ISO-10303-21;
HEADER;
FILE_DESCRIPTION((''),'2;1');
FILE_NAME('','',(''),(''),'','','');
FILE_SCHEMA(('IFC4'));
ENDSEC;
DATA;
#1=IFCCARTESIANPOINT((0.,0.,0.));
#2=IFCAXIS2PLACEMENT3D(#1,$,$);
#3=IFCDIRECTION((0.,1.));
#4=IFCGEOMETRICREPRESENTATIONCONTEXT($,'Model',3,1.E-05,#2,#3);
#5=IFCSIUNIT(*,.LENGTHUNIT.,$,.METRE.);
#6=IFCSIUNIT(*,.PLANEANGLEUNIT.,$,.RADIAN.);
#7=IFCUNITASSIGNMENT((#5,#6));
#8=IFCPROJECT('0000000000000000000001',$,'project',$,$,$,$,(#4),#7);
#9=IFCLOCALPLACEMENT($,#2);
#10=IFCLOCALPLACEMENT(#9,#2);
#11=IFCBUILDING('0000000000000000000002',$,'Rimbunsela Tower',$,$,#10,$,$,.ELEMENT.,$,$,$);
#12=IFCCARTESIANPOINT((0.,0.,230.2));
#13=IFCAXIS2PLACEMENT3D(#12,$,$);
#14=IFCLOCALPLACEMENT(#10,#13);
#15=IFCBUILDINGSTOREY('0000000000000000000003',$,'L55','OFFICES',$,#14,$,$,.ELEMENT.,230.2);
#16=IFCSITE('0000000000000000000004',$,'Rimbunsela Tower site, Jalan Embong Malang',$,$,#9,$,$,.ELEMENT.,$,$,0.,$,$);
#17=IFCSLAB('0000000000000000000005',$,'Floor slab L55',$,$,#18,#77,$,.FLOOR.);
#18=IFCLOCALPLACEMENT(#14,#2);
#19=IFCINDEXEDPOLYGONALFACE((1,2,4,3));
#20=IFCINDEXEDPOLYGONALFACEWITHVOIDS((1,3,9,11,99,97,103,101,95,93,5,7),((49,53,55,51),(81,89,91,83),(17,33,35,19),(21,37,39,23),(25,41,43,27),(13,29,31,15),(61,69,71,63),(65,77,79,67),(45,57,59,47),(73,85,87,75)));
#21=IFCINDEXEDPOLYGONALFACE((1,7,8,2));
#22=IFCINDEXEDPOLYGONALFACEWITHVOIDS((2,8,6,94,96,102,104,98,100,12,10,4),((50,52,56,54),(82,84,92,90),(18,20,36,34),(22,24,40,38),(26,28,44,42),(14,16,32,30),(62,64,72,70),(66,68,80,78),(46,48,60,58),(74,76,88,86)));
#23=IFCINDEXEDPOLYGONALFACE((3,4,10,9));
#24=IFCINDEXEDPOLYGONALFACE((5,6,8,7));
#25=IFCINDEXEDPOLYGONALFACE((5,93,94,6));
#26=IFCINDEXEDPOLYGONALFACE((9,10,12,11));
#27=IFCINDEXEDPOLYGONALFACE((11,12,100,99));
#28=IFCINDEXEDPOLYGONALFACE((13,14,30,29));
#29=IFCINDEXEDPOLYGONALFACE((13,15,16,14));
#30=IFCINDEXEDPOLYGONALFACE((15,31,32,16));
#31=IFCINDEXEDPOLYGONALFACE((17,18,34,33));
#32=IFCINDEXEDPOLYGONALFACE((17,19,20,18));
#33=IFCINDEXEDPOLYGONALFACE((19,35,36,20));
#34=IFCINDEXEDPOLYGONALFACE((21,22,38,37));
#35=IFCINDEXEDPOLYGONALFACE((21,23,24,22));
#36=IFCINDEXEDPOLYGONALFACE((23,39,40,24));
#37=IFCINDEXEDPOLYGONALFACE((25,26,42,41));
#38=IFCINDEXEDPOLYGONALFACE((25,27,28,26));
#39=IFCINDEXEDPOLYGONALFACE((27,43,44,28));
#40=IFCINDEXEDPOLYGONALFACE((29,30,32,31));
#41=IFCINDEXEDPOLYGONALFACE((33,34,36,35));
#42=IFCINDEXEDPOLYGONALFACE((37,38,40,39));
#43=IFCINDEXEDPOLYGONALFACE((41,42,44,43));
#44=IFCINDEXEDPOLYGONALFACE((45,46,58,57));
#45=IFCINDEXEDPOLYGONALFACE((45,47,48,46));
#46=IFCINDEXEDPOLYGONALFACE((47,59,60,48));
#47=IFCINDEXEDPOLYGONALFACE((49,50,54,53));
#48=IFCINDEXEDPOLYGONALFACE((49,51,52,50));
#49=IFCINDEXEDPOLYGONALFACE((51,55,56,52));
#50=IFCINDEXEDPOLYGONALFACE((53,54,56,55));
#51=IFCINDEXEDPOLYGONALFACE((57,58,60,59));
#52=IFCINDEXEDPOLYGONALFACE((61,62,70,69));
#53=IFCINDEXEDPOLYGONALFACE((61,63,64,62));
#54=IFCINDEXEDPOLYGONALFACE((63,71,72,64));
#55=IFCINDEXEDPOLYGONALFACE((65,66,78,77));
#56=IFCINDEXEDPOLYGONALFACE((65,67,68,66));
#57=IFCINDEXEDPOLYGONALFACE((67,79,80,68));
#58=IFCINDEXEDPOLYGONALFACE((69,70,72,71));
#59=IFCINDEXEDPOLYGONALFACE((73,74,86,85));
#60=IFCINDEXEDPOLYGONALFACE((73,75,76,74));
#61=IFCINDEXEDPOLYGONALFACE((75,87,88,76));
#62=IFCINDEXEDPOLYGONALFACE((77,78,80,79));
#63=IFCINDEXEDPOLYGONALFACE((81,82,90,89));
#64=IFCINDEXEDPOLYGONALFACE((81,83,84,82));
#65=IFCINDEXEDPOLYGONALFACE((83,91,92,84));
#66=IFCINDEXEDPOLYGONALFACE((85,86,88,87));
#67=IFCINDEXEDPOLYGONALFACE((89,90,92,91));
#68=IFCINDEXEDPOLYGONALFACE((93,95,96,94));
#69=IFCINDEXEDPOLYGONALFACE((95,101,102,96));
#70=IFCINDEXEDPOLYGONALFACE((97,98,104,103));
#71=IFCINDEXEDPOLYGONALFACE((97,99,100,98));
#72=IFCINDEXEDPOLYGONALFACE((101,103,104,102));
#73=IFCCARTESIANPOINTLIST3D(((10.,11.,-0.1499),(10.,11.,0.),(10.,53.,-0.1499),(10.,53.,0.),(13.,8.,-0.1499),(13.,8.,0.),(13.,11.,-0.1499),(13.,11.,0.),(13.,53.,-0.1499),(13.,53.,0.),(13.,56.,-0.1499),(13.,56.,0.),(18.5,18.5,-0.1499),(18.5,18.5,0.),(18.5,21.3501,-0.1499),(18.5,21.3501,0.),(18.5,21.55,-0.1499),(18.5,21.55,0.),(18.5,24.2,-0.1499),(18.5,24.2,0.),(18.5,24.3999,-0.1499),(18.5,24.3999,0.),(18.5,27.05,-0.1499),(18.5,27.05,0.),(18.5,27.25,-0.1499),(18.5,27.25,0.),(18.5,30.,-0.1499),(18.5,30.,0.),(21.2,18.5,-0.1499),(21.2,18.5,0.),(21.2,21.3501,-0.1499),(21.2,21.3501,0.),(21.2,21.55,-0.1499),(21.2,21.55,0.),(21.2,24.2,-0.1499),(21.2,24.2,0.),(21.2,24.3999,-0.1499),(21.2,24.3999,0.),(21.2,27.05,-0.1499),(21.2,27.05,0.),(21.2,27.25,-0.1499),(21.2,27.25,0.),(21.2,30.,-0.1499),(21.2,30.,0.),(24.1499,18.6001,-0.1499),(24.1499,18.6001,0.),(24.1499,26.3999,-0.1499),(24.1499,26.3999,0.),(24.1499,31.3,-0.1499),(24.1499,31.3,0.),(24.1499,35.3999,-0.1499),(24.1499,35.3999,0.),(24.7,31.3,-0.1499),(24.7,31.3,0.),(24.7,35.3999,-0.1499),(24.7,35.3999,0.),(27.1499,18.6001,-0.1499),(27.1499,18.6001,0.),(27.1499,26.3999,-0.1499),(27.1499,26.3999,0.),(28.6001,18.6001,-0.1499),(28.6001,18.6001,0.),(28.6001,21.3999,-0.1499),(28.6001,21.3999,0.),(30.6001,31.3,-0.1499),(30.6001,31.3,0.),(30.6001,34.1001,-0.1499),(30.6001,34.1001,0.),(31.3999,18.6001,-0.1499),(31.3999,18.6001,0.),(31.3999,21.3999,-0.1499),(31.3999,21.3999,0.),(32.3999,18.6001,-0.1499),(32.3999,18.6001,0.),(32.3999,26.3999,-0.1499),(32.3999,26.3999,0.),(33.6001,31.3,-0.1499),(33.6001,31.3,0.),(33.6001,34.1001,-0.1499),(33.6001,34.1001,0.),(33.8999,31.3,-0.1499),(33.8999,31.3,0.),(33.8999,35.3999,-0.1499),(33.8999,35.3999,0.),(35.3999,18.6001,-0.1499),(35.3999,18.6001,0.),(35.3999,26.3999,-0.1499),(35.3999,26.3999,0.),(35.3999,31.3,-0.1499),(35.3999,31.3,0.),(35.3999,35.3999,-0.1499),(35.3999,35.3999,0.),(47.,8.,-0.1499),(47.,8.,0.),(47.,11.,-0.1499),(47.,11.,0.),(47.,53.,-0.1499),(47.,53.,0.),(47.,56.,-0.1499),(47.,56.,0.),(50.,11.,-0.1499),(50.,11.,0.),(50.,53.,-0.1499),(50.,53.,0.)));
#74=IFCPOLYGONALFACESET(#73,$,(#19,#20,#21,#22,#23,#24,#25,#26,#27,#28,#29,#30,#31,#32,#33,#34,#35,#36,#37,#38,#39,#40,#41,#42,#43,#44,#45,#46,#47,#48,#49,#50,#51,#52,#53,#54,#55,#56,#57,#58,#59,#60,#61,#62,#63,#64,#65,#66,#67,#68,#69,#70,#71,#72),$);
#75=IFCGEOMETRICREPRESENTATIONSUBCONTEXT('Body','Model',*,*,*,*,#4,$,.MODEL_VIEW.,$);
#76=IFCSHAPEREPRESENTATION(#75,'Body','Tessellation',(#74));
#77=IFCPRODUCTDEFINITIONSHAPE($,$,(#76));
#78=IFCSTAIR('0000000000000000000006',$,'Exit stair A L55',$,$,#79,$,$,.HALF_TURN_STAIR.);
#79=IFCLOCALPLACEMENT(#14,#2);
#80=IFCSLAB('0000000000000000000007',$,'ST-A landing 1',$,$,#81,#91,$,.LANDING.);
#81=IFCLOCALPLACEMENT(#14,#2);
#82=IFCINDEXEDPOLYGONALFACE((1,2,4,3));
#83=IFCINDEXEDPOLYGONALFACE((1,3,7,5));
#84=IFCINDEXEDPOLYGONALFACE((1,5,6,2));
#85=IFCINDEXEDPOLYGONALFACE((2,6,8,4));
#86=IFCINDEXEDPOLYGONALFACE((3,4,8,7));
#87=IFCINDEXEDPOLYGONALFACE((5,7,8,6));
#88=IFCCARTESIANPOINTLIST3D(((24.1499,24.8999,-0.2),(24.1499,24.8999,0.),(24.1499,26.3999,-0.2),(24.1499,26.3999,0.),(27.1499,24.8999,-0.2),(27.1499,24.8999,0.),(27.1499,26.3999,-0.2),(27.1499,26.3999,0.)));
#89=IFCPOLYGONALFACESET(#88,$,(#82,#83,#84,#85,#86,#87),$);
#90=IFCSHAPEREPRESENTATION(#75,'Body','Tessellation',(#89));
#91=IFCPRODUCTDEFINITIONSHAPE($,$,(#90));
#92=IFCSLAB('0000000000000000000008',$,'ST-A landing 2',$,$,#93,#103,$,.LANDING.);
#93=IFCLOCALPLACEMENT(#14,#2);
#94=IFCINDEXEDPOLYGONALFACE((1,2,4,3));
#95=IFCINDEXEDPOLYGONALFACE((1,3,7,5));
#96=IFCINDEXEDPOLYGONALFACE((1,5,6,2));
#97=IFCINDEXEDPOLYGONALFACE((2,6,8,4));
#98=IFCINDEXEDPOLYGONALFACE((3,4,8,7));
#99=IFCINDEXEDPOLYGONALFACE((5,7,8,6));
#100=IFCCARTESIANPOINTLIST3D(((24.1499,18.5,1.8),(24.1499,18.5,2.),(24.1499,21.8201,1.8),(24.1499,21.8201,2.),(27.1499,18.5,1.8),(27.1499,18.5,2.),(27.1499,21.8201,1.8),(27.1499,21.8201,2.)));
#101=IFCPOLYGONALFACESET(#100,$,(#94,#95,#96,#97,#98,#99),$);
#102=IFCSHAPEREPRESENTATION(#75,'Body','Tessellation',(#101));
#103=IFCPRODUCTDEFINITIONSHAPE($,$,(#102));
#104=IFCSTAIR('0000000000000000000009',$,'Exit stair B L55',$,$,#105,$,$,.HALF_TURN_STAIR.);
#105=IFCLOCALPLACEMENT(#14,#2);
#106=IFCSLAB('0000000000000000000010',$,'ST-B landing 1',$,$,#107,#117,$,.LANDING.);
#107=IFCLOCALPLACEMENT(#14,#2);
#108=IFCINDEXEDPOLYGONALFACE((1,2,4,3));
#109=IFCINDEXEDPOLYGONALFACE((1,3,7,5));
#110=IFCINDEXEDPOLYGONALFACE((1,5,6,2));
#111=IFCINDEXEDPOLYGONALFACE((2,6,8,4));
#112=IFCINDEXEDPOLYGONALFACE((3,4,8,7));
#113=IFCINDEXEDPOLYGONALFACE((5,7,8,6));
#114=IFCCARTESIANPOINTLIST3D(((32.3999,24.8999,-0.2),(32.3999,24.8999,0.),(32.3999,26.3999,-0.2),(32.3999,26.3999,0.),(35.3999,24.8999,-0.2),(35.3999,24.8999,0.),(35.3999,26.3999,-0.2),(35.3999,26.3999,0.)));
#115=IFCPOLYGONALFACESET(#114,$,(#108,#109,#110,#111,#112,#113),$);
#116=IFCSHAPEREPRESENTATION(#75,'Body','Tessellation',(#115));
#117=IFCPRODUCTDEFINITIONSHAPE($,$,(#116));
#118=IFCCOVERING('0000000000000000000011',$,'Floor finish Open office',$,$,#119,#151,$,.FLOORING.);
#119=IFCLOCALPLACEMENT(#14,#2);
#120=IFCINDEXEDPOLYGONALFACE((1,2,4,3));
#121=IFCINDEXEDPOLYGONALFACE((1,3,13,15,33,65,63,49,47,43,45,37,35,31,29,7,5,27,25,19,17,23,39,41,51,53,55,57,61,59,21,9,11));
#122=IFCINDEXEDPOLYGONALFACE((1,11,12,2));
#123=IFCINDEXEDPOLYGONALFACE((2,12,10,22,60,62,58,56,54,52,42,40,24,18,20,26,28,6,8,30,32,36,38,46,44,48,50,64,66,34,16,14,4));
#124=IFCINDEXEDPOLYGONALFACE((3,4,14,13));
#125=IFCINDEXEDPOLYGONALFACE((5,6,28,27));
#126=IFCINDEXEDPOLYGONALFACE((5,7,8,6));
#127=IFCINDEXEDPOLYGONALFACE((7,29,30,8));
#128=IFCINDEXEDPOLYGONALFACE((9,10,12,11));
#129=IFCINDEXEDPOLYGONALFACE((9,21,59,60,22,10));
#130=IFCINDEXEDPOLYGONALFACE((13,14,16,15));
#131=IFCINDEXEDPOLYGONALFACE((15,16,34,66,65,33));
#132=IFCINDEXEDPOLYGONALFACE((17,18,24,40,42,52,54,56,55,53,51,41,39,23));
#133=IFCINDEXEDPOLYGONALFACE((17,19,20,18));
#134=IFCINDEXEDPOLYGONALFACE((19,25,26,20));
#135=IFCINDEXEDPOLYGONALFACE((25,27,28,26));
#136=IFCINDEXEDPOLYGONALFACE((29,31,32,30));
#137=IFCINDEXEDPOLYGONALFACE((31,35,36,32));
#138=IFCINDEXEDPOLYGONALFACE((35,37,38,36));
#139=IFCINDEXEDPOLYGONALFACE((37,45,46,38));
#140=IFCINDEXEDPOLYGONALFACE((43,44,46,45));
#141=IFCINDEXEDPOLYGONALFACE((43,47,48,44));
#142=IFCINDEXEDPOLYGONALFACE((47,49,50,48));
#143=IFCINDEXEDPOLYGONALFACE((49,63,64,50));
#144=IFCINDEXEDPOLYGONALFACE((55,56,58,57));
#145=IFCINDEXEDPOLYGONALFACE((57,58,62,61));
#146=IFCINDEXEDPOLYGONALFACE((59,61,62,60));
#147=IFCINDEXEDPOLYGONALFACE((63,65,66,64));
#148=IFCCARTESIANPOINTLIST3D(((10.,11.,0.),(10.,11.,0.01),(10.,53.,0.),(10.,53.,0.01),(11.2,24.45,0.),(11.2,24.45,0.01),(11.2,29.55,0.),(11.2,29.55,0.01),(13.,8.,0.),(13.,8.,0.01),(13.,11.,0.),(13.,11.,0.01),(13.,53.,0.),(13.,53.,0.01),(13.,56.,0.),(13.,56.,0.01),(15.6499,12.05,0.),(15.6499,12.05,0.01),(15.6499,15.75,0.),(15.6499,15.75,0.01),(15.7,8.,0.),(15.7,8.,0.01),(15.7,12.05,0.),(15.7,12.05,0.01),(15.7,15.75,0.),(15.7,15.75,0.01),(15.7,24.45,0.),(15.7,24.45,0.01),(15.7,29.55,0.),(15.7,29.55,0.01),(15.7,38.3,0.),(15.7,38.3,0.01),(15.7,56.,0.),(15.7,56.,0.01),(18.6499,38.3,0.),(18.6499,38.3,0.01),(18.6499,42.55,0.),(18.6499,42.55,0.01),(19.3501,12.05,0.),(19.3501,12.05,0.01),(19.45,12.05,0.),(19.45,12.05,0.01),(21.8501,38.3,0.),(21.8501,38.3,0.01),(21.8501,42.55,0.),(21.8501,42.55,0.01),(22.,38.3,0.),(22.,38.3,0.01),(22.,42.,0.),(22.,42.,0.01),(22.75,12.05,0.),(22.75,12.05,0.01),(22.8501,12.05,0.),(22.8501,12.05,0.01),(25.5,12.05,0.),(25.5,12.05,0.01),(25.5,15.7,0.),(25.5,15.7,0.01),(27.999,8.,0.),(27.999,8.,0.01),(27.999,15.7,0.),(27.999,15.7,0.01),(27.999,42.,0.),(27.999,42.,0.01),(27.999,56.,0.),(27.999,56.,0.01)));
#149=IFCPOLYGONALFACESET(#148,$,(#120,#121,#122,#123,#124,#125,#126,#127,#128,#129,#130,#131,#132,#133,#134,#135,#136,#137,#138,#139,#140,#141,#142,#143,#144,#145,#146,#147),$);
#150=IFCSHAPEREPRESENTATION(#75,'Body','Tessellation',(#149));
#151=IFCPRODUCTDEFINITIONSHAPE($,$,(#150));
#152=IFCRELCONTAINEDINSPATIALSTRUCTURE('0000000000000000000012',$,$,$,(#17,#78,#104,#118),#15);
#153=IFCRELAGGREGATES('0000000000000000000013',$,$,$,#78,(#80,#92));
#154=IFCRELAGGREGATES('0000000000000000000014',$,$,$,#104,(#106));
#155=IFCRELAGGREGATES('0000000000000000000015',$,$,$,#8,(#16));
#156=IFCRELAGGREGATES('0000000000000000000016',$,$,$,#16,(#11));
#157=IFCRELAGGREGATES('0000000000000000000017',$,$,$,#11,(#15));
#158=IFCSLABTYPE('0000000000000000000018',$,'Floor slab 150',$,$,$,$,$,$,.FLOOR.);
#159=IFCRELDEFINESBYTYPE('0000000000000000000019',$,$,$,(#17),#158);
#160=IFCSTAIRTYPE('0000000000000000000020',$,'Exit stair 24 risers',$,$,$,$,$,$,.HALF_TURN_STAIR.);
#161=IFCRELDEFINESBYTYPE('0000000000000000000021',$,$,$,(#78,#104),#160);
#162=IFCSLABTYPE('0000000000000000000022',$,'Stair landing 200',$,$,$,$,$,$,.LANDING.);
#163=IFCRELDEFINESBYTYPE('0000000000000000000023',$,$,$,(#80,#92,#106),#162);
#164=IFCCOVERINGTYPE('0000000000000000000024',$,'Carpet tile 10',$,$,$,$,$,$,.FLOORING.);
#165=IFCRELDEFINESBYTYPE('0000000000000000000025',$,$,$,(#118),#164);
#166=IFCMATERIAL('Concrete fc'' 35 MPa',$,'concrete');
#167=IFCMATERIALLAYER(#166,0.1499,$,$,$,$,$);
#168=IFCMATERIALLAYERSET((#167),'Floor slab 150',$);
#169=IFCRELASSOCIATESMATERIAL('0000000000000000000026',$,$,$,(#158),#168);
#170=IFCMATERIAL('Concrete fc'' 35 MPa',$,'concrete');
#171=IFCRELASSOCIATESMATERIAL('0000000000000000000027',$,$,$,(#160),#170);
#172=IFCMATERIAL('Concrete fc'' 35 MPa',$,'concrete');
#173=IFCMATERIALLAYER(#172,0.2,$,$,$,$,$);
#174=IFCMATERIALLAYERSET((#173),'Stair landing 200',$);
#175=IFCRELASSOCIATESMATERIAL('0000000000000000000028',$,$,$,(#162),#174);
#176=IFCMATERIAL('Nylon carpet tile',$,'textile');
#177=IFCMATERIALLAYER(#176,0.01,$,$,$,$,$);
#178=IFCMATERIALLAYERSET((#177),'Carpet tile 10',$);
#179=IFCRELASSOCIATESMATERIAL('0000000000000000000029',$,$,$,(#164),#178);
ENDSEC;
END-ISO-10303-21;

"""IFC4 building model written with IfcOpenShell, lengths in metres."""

from ifc_helpers import new_model, si_unit, direction, frame, origin, place, context, subcontext, project, spatial, polyline, outline, extrude, material, layer, layer_set, type_object, element, aggregate, save


model = new_model("IFC4")

# Units and contexts
model_context = context("Model", 3, precision=1e-05, world=origin(), true_north=direction((0.0, 1.0)))
body_context = subcontext(model_context, "Body", "Model", "MODEL_VIEW")
ifc_project = project(units=[si_unit("LENGTHUNIT", "METRE"), si_unit("PLANEANGLEUNIT", "RADIAN")], contexts=[model_context])

# Site, building, storey
site_placement = place(None, origin())
site = spatial("IfcSite", under=ifc_project, at=site_placement, Name="Rimbunsela Tower site, Jalan Embong Malang", CompositionType="ELEMENT", RefElevation=0.0)
building_placement = place(site_placement, origin())
building = spatial("IfcBuilding", under=site, at=building_placement, Name="Rimbunsela Tower", CompositionType="ELEMENT")
storey_placement = place(building_placement, frame((0.0, 0.0, 230.2)))
storey = spatial("IfcBuildingStorey", under=building, at=storey_placement, Name="L55", Description="OFFICES", CompositionType="ELEMENT", Elevation=230.2)

# Slab
ifc_material_1 = material(Name="Concrete fc' 35 MPa", Category="concrete")
ifc_layer_1 = layer(ifc_material_1, 0.1499)
ifc_layer_set_1 = layer_set([ifc_layer_1], Name="Floor slab 150")
slab_type_1 = type_object("IfcSlabType", Name="Floor slab 150", PredefinedType="FLOOR", material=ifc_layer_set_1)
slab_1_placement = place(storey_placement, frame((0.0, 0.0, -0.1499)))
element("IfcSlab", 1, at=slab_1_placement, inside=storey, type_object=slab_type_1, Name="Floor slab L55", PredefinedType="FLOOR", context=body_context, shape_type="SweptSolid", body=[
    extrude(outline(polyline([(13.0, 8.0), (47.0, 8.0), (47.0, 11.0), (50.0, 11.0), (50.0, 53.0), (47.0, 53.0), (47.0, 56.0), (13.0, 56.0), (13.0, 53.0), (10.0, 53.0), (10.0, 11.0), (13.0, 11.0), (13.0, 8.0)]), holes=[polyline([(21.2, 21.3501), (18.5, 21.3501), (18.5, 18.5), (21.2, 18.5), (21.2, 21.3501)]), polyline([(21.2, 21.55), (21.2, 24.2), (18.5, 24.2), (18.5, 21.55), (21.2, 21.55)]), polyline([(21.2, 27.05), (18.5, 27.05), (18.5, 24.3999), (21.2, 24.3999), (21.2, 27.05)]), polyline([(21.2, 30.0), (18.5, 30.0), (18.5, 27.25), (21.2, 27.25), (21.2, 30.0)]), polyline([(27.1499, 26.3999), (24.1499, 26.3999), (24.1499, 18.6001), (27.1499, 18.6001), (27.1499, 26.3999)]), polyline([(24.7, 31.3), (24.7, 35.3999), (24.1499, 35.3999), (24.1499, 31.3), (24.7, 31.3)]), polyline([(31.3999, 21.3999), (28.6001, 21.3999), (28.6001, 18.6001), (31.3999, 18.6001), (31.3999, 21.3999)]), polyline([(33.6001, 34.1001), (30.6001, 34.1001), (30.6001, 31.3), (33.6001, 31.3), (33.6001, 34.1001)]), polyline([(35.3999, 18.6001), (35.3999, 26.3999), (32.3999, 26.3999), (32.3999, 18.6001), (35.3999, 18.6001)]), polyline([(35.3999, 31.3), (35.3999, 35.3999), (33.8999, 35.3999), (33.8999, 31.3), (35.3999, 31.3)])]), origin(), (0.0, 0.0, 1.0), 0.1499),
])

# Stair, slabs
ifc_material_2 = material(Name="Concrete fc' 35 MPa", Category="concrete")
stair_type = type_object("IfcStairType", Name="Exit stair 24 risers", PredefinedType="HALF_TURN_STAIR", material=ifc_material_2)
stair_1_placement = place(storey_placement, origin())
stair_1 = element("IfcStair", 2, at=stair_1_placement, inside=storey, type_object=stair_type, Name="Exit stair A L55", PredefinedType="HALF_TURN_STAIR")
ifc_material_3 = material(Name="Concrete fc' 35 MPa", Category="concrete")
ifc_layer_2 = layer(ifc_material_3, 0.2)
ifc_layer_set_2 = layer_set([ifc_layer_2], Name="Stair landing 200")
slab_type_2 = type_object("IfcSlabType", Name="Stair landing 200", PredefinedType="LANDING", material=ifc_layer_set_2)
slab_2_placement = place(storey_placement, frame((0.0, 0.0, -0.2)))
slab_2 = element("IfcSlab", 3, at=slab_2_placement, type_object=slab_type_2, Name="ST-A landing 1", PredefinedType="LANDING", context=body_context, shape_type="SweptSolid", body=[
    extrude(outline(polyline([(24.1499, 24.8999), (27.1499, 24.8999), (27.1499, 26.3999), (24.1499, 26.3999), (24.1499, 24.8999)])), origin(), (0.0, 0.0, 1.0), 0.2),
])
slab_3_placement = place(storey_placement, frame((0.0, 0.0, 1.8)))
slab_3 = element("IfcSlab", 4, at=slab_3_placement, type_object=slab_type_2, Name="ST-A landing 2", PredefinedType="LANDING", context=body_context, shape_type="SweptSolid", body=[
    extrude(outline(polyline([(24.1499, 18.5), (27.1499, 18.5), (27.1499, 21.8201), (24.1499, 21.8201), (24.1499, 18.5)])), origin(), (0.0, 0.0, 1.0), 0.2),
])
aggregate(stair_1, [slab_2, slab_3])

# Stair, slab
stair_2_placement = place(storey_placement, origin())
stair_2 = element("IfcStair", 5, at=stair_2_placement, inside=storey, type_object=stair_type, Name="Exit stair B L55", PredefinedType="HALF_TURN_STAIR")
slab_4_placement = place(storey_placement, frame((0.0, 0.0, -0.2)))
slab_4 = element("IfcSlab", 6, at=slab_4_placement, type_object=slab_type_2, Name="ST-B landing 1", PredefinedType="LANDING", context=body_context, shape_type="SweptSolid", body=[
    extrude(outline(polyline([(32.3999, 24.8999), (35.3999, 24.8999), (35.3999, 26.3999), (32.3999, 26.3999), (32.3999, 24.8999)])), origin(), (0.0, 0.0, 1.0), 0.2),
])
aggregate(stair_2, [slab_4])

# Covering
ifc_material_4 = material(Name="Nylon carpet tile", Category="textile")
ifc_layer_3 = layer(ifc_material_4, 0.01)
ifc_layer_set_3 = layer_set([ifc_layer_3], Name="Carpet tile 10")
covering_type_1 = type_object("IfcCoveringType", Name="Carpet tile 10", PredefinedType="FLOORING", material=ifc_layer_set_3)
covering_1_placement = place(storey_placement, origin())
element("IfcCovering", 7, at=covering_1_placement, inside=storey, type_object=covering_type_1, Name="Floor finish Open office", PredefinedType="FLOORING", context=body_context, shape_type="SweptSolid", body=[
    extrude(outline(polyline([(19.45, 12.05), (22.75, 12.05), (22.8501, 12.05), (25.5, 12.05), (25.5, 15.7), (27.999, 15.7), (27.999, 8.0), (15.7, 8.0), (13.0, 8.0), (13.0, 11.0), (10.0, 11.0), (10.0, 53.0), (13.0, 53.0), (13.0, 56.0), (15.7, 56.0), (27.999, 56.0), (27.999, 42.0), (22.0, 42.0), (22.0, 38.3), (21.8501, 38.3), (21.8501, 42.55), (18.6499, 42.55), (18.6499, 38.3), (15.7, 38.3), (15.7, 29.55), (11.2, 29.55), (11.2, 24.45), (15.7, 24.45), (15.7, 15.75), (15.6499, 15.75), (15.6499, 12.05), (15.7, 12.05), (19.3501, 12.05), (19.45, 12.05)])), origin(), (0.0, 0.0, 1.0), 0.01),
])

save(model, "model.ifc")
